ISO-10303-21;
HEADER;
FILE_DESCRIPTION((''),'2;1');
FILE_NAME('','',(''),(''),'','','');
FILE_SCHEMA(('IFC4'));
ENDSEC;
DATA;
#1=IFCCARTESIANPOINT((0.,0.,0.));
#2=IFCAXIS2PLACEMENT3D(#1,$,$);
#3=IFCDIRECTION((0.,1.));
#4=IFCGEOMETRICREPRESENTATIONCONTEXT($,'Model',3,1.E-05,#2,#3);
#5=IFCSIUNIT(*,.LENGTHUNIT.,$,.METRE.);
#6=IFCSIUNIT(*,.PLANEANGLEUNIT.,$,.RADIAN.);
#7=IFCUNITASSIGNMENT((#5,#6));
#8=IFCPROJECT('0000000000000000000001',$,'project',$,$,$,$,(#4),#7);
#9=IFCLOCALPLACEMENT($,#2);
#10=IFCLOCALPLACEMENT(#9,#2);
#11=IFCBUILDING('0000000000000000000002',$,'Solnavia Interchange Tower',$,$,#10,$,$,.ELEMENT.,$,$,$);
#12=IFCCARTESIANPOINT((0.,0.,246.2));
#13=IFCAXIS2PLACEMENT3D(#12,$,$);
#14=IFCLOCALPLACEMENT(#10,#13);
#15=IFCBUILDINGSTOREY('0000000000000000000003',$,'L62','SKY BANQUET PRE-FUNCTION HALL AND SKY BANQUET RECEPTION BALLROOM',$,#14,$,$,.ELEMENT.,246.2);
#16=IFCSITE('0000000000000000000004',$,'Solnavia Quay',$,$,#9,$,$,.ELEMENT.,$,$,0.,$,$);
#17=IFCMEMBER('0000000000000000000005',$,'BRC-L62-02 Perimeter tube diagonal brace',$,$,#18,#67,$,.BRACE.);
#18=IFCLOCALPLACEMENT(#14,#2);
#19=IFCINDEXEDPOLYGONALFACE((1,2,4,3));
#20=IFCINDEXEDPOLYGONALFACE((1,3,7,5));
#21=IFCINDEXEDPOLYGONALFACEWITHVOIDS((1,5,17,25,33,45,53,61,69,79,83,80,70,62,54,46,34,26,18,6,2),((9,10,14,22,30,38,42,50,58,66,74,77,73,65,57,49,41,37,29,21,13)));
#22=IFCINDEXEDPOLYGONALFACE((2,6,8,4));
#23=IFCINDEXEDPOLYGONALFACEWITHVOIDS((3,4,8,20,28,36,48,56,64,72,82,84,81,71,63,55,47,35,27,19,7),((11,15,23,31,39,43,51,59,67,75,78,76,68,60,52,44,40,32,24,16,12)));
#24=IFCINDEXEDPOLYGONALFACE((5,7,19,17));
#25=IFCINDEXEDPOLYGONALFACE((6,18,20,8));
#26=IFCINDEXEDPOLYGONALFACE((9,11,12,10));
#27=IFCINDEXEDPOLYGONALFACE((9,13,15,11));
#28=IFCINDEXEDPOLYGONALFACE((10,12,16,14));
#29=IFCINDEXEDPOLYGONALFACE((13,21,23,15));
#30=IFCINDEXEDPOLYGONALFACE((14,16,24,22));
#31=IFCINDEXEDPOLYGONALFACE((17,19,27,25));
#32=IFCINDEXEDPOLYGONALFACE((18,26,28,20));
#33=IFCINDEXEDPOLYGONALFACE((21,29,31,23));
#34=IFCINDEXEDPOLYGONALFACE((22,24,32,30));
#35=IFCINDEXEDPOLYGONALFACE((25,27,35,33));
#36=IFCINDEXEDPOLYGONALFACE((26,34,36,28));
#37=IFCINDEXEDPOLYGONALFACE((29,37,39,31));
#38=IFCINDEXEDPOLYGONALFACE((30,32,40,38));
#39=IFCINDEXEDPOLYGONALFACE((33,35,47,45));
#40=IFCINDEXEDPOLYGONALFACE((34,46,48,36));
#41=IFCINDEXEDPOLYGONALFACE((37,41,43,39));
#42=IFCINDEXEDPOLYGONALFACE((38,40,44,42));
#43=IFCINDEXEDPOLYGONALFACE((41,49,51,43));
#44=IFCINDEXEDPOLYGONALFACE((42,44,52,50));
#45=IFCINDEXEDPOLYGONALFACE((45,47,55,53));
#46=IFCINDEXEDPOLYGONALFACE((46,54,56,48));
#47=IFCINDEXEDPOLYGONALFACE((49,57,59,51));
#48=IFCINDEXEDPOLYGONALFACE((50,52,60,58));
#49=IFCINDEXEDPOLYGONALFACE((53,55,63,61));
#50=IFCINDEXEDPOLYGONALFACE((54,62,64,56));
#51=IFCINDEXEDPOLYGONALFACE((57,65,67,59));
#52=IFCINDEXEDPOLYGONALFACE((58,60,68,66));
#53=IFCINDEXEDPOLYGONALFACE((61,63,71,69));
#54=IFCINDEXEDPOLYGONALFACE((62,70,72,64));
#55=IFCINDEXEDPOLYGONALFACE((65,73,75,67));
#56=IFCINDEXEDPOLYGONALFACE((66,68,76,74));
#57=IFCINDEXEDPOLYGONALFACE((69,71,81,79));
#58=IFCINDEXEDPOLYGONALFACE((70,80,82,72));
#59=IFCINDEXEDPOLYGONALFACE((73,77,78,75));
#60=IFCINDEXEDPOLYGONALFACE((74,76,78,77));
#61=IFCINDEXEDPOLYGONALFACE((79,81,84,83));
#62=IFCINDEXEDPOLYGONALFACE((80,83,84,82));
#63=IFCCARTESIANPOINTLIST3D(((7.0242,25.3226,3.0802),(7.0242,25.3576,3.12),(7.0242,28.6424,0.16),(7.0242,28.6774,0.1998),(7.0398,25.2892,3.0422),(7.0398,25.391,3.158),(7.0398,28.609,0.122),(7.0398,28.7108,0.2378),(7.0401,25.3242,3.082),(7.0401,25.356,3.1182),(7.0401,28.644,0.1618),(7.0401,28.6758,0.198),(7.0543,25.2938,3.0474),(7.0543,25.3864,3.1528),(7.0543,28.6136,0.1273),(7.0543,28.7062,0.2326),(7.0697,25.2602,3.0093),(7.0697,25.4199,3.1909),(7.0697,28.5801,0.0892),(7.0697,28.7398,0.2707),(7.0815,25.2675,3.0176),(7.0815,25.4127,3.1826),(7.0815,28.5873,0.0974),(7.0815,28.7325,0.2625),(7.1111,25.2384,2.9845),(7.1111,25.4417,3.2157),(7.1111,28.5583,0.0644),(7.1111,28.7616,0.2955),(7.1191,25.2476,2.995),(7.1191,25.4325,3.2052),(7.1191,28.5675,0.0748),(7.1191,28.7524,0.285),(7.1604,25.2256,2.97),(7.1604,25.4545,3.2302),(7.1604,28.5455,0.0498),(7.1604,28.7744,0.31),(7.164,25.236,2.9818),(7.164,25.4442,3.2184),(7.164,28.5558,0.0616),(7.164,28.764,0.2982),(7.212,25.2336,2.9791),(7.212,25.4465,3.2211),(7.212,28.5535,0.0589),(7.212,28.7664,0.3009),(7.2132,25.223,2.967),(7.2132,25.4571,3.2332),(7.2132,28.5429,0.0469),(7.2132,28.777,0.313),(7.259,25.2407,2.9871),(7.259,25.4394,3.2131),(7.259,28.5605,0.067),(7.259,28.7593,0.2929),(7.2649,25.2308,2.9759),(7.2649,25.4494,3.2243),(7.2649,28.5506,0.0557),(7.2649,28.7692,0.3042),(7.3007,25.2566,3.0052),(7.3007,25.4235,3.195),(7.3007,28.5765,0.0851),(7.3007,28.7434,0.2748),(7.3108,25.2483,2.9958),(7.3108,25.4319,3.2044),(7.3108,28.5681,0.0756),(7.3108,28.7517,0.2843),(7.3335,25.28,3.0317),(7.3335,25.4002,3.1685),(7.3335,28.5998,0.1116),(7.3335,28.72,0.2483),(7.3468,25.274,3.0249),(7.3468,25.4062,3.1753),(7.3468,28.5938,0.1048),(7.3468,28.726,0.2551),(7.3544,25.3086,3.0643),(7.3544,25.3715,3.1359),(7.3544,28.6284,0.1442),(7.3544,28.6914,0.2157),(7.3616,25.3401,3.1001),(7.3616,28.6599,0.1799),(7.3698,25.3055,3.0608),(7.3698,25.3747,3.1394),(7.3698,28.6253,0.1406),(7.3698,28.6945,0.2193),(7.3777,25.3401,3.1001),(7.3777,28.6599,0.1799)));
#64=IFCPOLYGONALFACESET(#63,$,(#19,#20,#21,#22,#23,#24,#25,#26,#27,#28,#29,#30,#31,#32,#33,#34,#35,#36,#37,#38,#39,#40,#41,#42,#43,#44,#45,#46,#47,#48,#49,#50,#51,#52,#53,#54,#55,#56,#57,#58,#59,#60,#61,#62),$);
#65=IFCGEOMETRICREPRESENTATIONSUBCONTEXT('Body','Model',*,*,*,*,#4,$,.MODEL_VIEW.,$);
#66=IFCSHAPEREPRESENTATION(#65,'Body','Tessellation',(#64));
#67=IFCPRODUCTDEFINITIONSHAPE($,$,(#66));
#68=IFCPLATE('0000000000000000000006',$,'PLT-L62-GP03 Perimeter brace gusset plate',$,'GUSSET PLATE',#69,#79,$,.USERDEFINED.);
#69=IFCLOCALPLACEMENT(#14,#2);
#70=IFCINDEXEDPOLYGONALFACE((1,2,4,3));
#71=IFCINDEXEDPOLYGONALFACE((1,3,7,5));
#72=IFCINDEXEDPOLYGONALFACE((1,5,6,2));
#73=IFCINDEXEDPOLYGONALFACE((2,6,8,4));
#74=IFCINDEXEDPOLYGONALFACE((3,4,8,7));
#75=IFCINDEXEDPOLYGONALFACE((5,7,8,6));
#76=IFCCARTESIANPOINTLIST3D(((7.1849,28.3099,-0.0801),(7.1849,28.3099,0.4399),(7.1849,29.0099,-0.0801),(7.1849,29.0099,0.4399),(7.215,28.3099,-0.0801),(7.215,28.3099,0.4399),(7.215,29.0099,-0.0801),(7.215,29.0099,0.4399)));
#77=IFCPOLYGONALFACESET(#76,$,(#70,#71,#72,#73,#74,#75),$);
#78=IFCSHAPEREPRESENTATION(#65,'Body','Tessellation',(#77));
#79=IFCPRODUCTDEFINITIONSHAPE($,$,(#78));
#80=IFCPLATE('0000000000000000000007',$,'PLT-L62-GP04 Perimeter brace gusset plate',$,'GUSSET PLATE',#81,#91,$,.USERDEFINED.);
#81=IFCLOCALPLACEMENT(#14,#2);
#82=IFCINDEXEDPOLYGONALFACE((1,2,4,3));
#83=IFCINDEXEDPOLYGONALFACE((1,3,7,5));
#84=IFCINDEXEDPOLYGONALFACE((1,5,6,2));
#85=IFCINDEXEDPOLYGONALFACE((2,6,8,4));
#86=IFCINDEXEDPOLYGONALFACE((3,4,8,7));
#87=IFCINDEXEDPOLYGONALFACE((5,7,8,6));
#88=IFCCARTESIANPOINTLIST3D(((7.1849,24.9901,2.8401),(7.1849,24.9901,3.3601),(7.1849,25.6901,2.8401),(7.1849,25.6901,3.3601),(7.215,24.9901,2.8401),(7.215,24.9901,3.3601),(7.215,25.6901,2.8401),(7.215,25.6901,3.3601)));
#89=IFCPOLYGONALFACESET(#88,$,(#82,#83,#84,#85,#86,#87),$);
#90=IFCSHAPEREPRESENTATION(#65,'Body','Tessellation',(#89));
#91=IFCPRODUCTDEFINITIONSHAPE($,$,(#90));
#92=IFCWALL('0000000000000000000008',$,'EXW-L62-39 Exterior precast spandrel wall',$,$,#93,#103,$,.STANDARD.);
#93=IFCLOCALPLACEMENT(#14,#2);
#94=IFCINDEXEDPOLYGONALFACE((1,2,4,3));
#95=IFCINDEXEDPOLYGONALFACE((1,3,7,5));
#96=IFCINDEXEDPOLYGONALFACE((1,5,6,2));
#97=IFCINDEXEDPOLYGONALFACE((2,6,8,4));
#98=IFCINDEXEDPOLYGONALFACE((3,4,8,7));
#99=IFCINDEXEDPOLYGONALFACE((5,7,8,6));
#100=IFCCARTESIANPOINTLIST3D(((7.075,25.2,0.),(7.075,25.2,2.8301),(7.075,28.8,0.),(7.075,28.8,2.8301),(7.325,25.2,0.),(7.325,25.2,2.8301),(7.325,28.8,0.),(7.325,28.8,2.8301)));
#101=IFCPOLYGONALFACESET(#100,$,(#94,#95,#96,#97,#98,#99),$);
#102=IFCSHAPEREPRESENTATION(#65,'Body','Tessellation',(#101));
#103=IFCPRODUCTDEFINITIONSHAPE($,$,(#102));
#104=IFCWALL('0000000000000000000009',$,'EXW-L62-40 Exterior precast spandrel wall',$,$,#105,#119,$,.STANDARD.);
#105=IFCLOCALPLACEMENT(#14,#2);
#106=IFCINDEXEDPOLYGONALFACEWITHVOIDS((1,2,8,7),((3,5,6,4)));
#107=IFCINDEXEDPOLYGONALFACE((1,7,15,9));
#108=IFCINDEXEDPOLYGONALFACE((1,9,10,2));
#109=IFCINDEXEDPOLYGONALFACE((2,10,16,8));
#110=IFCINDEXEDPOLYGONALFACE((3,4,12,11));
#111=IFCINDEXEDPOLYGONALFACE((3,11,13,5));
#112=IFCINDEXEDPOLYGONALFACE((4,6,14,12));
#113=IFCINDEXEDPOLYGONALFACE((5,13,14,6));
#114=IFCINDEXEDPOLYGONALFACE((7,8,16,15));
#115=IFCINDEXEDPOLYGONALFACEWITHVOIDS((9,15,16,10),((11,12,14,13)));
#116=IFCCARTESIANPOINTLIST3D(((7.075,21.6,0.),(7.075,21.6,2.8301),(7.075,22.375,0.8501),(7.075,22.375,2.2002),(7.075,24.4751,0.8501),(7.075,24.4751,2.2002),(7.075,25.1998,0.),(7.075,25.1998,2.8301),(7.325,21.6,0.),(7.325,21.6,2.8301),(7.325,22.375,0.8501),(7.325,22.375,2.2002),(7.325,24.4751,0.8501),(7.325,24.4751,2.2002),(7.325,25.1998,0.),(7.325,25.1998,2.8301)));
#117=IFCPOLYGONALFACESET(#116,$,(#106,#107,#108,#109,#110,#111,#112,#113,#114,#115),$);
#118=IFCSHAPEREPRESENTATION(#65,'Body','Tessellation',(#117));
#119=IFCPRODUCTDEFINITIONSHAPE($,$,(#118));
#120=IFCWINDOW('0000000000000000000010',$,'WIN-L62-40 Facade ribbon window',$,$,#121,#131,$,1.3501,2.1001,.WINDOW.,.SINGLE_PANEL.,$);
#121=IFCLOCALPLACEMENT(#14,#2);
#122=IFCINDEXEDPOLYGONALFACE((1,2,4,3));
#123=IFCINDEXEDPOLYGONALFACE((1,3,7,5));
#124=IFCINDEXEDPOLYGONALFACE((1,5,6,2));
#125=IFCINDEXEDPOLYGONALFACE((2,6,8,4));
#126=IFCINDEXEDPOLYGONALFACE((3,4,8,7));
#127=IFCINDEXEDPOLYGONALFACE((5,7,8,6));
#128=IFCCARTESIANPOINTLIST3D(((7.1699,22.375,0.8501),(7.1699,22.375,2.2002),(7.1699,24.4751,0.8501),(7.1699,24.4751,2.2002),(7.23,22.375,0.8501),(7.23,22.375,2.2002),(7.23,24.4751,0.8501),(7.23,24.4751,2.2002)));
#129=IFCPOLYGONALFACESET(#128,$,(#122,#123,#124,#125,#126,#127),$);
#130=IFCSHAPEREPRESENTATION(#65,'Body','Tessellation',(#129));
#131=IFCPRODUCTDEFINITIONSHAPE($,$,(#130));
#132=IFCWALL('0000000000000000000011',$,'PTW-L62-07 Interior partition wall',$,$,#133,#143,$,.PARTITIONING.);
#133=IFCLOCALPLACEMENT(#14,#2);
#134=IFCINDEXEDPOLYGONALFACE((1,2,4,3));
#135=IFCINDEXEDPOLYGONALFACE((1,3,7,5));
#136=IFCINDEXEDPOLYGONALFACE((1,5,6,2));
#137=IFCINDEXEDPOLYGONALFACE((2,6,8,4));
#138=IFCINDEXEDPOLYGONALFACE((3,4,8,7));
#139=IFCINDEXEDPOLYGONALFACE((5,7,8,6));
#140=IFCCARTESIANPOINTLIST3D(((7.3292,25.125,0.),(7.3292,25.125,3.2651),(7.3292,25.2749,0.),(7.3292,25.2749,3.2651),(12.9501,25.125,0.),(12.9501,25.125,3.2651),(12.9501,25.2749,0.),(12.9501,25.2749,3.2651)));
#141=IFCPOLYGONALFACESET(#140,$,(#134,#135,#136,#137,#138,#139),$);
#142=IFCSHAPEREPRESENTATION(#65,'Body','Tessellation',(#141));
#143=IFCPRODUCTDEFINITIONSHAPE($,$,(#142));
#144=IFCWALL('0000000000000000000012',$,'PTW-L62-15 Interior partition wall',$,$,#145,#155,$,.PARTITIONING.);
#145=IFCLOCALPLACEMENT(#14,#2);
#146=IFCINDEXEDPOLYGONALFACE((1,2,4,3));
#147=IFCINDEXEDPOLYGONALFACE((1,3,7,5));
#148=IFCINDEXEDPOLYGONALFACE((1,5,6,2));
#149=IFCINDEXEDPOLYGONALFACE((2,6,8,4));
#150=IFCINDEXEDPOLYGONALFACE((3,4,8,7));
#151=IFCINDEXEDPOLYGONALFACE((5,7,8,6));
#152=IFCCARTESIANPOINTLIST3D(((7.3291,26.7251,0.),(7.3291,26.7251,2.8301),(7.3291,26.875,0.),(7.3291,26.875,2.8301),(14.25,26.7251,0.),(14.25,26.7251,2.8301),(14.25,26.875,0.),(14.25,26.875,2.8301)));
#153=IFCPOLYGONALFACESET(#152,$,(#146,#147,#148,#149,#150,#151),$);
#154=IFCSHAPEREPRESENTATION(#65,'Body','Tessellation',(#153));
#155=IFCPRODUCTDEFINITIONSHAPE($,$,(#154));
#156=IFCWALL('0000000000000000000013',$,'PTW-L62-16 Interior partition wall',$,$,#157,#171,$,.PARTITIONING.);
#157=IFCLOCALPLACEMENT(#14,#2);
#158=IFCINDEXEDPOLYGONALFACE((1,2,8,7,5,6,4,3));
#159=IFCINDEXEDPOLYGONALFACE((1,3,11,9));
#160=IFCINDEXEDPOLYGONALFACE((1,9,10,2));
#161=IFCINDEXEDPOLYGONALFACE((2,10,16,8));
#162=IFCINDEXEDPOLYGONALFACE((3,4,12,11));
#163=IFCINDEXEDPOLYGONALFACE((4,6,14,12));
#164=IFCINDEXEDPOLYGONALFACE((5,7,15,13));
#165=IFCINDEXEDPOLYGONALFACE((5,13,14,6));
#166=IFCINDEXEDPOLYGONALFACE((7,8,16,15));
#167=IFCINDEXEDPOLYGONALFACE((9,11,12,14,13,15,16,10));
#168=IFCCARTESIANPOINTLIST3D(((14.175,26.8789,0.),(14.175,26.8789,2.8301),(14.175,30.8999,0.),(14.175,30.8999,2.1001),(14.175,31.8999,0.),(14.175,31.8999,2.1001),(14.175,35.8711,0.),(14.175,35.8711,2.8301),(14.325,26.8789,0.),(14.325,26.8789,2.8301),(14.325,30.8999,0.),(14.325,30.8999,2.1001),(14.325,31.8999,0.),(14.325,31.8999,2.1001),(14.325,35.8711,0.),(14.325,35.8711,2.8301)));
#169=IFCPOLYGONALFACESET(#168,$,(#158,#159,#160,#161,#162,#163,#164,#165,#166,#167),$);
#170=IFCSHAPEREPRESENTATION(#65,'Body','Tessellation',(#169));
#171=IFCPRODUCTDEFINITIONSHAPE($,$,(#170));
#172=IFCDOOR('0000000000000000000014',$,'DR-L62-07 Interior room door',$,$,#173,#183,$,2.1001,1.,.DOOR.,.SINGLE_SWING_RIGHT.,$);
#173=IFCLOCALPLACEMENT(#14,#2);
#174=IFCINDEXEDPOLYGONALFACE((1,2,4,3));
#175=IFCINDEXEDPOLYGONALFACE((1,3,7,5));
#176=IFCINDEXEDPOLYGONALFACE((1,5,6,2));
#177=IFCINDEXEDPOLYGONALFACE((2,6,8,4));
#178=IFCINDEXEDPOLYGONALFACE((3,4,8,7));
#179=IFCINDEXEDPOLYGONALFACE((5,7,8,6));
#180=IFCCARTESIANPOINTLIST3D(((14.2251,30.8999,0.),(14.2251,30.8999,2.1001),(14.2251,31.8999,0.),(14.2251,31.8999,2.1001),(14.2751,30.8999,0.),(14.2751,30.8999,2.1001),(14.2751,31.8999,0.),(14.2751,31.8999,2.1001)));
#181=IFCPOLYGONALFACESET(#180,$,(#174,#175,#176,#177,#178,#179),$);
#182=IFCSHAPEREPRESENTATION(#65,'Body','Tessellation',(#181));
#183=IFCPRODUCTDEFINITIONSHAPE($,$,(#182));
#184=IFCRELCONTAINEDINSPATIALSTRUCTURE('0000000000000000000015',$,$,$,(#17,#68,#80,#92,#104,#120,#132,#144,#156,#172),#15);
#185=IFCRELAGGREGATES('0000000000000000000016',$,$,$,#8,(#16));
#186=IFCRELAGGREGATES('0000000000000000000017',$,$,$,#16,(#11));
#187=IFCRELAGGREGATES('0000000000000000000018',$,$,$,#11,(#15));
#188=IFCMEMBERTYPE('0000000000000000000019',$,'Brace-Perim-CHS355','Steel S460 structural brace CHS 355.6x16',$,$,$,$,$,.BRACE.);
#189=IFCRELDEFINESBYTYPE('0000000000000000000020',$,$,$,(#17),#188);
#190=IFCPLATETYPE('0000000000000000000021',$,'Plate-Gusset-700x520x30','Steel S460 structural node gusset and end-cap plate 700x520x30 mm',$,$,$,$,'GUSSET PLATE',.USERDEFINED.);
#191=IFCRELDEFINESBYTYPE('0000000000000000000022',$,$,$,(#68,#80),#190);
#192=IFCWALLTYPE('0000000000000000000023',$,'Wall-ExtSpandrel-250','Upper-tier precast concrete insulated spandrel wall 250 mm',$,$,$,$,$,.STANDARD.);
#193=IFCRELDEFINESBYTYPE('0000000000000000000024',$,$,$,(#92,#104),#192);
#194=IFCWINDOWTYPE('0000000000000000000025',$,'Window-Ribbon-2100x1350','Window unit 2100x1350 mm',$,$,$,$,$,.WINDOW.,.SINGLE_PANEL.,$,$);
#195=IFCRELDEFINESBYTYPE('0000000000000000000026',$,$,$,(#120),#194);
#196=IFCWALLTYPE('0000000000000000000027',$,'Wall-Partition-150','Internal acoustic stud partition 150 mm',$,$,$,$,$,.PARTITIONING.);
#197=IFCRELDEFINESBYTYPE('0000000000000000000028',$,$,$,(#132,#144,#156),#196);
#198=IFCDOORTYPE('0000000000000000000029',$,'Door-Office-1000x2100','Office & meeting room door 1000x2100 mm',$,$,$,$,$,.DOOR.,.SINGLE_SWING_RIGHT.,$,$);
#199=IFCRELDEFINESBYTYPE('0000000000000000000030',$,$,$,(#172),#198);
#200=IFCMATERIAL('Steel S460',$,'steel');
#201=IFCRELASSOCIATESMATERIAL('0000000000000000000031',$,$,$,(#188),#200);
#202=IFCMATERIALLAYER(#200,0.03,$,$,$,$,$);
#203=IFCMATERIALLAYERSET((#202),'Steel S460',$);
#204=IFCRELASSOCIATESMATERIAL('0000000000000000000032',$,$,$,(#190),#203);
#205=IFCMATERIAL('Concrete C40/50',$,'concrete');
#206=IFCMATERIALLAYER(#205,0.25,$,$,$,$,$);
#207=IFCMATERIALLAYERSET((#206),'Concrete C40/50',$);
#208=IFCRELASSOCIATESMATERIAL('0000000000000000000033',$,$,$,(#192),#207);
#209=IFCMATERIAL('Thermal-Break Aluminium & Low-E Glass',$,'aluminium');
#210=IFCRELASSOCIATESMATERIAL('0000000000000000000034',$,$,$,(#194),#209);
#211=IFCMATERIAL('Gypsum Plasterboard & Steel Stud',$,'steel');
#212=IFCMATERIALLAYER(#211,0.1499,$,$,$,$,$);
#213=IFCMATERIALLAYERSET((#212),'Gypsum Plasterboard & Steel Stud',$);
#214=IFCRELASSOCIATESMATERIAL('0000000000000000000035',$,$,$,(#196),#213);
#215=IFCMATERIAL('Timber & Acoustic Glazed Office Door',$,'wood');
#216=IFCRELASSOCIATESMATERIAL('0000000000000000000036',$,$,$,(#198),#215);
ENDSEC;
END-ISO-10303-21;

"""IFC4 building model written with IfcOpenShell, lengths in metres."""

from ifc_helpers import new_model, si_unit, direction, frame, frame_2d, origin, origin_2d, place, context, subcontext, project, spatial, rectangle, hollow_circle, extrude, material, layer, layer_set, material_profile, profile_set, type_object, element, fill, save


model = new_model("IFC4")

# Units and contexts
model_context = context("Model", 3, precision=1e-05, world=origin(), true_north=direction((0.0, 1.0)))
body_context = subcontext(model_context, "Body", "Model", "MODEL_VIEW")
ifc_project = project(units=[si_unit("LENGTHUNIT", "METRE"), si_unit("PLANEANGLEUNIT", "RADIAN")], contexts=[model_context])

# Site, building, storey
site_placement = place(None, origin())
site = spatial("IfcSite", under=ifc_project, at=site_placement, Name="Solnavia Quay", CompositionType="ELEMENT", RefElevation=0.0)
building_placement = place(site_placement, origin())
building = spatial("IfcBuilding", under=site, at=building_placement, Name="Solnavia Interchange Tower", CompositionType="ELEMENT")
storey_placement = place(building_placement, frame((0.0, 0.0, 246.2)))
storey = spatial("IfcBuildingStorey", under=building, at=storey_placement, Name="L62", Description="SKY BANQUET PRE-FUNCTION HALL AND SKY BANQUET RECEPTION BALLROOM", CompositionType="ELEMENT", Elevation=246.2)

# Shared definitions
ifc_material_1 = material(Name="Steel S460", Category="steel")

# Member
ifc_material_profile_1 = material_profile(ifc_material_1, hollow_circle(Radius=0.1777, WallThickness=0.0161, at=origin_2d()), Name="CHS 355.6x16")
ifc_profile_set_1 = profile_set([ifc_material_profile_1], Name="Steel S460")
member_type = type_object("IfcMemberType", Name="Brace-Perim-CHS355", Description="Steel S460 structural brace CHS 355.6x16", PredefinedType="BRACE", material=ifc_profile_set_1)
member_placement = place(storey_placement, frame((7.2, 28.6599, 0.1799), z_axis=(0.0, -0.750857, 0.660465), x_axis=(1.0, 0.0, 0.0)))
element("IfcMember", 1, at=member_placement, inside=storey, type_object=member_type, Name="BRC-L62-02 Perimeter tube diagonal brace", PredefinedType="BRACE", context=body_context, shape_type="SweptSolid", body=[
    extrude(hollow_circle(Radius=0.1777, WallThickness=0.0161, at=origin_2d()), origin(), (0.0, 0.0, 1.0), 4.4214),
])

# Plates
ifc_layer_1 = layer(ifc_material_1, 0.03)
ifc_layer_set_1 = layer_set([ifc_layer_1], Name="Steel S460")
plate_type = type_object("IfcPlateType", Name="Plate-Gusset-700x520x30", Description="Steel S460 structural node gusset and end-cap plate 700x520x30 mm", ElementType="GUSSET PLATE", PredefinedType="USERDEFINED", material=ifc_layer_set_1)
for number, where, z_axis, x_axis, name in (
    (2, (7.2, 28.6599, -0.0801), (0.0, 0.0, 1.0), (0.0, -1.0, 0.0), "PLT-L62-GP03 Perimeter brace gusset plate"),
    (3, (7.2, 25.3401, 2.8401), (0.0, 0.0, 1.0), (0.0, -1.0, 0.0), "PLT-L62-GP04 Perimeter brace gusset plate"),
):
    element("IfcPlate", number, at=place(storey_placement, frame(where, z_axis=z_axis, x_axis=x_axis)), inside=storey, type_object=plate_type, Name=name, ObjectType="GUSSET PLATE", PredefinedType="USERDEFINED", context=body_context, shape_type="SweptSolid", body=[
        extrude(rectangle(XDim=0.7, YDim=0.03, at=origin_2d()), origin(), (0.0, 0.0, 1.0), 0.52),
    ])

# Wall
ifc_material_2 = material(Name="Concrete C40/50", Category="concrete")
ifc_layer_2 = layer(ifc_material_2, 0.25)
ifc_layer_set_2 = layer_set([ifc_layer_2], Name="Concrete C40/50")
wall_type_1 = type_object("IfcWallType", Name="Wall-ExtSpandrel-250", Description="Upper-tier precast concrete insulated spandrel wall 250 mm", PredefinedType="STANDARD", material=ifc_layer_set_2)
wall_1_placement = place(storey_placement, frame((7.2, 25.2, 0.0), z_axis=(0.0, 0.0, 1.0), x_axis=(0.0, 1.0, 0.0)))
element("IfcWall", 4, at=wall_1_placement, inside=storey, type_object=wall_type_1, Name="EXW-L62-39 Exterior precast spandrel wall", PredefinedType="STANDARD", context=body_context, shape_type="SweptSolid", body=[
    extrude(rectangle(XDim=3.6001, YDim=0.25, at=frame_2d((1.8, 0.0))), origin(), (0.0, 0.0, 1.0), 2.8301),
])

# Wall, opening, window
wall_2_placement = place(storey_placement, frame((7.2, 21.6001, 0.0), z_axis=(0.0, 0.0, 1.0), x_axis=(0.0, 1.0, 0.0)))
wall_2 = element("IfcWall", 5, at=wall_2_placement, inside=storey, type_object=wall_type_1, Name="EXW-L62-40 Exterior precast spandrel wall", PredefinedType="STANDARD", context=body_context, shape_type="SweptSolid", body=[
    extrude(rectangle(XDim=3.5999, YDim=0.25, at=frame_2d((1.7998, 0.0))), origin(), (0.0, 0.0, 1.0), 2.8301),
])
opening_1_placement = place(wall_2_placement, frame((0.7749, 0.0, 0.8501)))
opening_1 = element("IfcOpeningElement", 6, at=opening_1_placement, cuts=wall_2, PredefinedType="OPENING", context=body_context, shape_type="SweptSolid", body=[
    extrude(rectangle(XDim=2.1001, YDim=1.3501, at=frame_2d((1.05, 0.675))), frame((0.0, 0.135, 0.0), z_axis=(0.0, -1.0, 0.0), x_axis=(1.0, 0.0, 0.0)), (0.0, 0.0, 1.0), 0.27),
])
ifc_material_3 = material(Name="Thermal-Break Aluminium & Low-E Glass", Category="aluminium")
window_type = type_object("IfcWindowType", Name="Window-Ribbon-2100x1350", Description="Window unit 2100x1350 mm", PartitioningType="SINGLE_PANEL", PredefinedType="WINDOW", material=ifc_material_3)
window_placement = place(opening_1_placement, origin())
window = element("IfcWindow", 7, at=window_placement, inside=storey, type_object=window_type, Name="WIN-L62-40 Facade ribbon window", OverallHeight=1.3501, OverallWidth=2.1001, PartitioningType="SINGLE_PANEL", PredefinedType="WINDOW", context=body_context, shape_type="SweptSolid", body=[
    extrude(rectangle(XDim=2.1001, YDim=1.3501, at=frame_2d((1.05, 0.675))), frame((0.0, 0.03, 0.0), z_axis=(0.0, -1.0, 0.0), x_axis=(1.0, 0.0, 0.0)), (0.0, 0.0, 1.0), 0.0601),
])
fill(opening_1, window)

# Walls
ifc_material_4 = material(Name="Gypsum Plasterboard & Steel Stud", Category="steel")
ifc_layer_3 = layer(ifc_material_4, 0.1499)
ifc_layer_set_3 = layer_set([ifc_layer_3], Name="Gypsum Plasterboard & Steel Stud")
wall_type_2 = type_object("IfcWallType", Name="Wall-Partition-150", Description="Internal acoustic stud partition 150 mm", PredefinedType="PARTITIONING", material=ifc_layer_set_3)
wall_3_placement = place(storey_placement, frame((7.3291, 25.2, 0.0), z_axis=(0.0, 0.0, 1.0), x_axis=(1.0, 0.0, 0.0)))
element("IfcWall", 8, at=wall_3_placement, inside=storey, type_object=wall_type_2, Name="PTW-L62-07 Interior partition wall", PredefinedType="PARTITIONING", context=body_context, shape_type="SweptSolid", body=[
    extrude(rectangle(XDim=5.6208, YDim=0.1499, at=frame_2d((2.8105, 0.0))), origin(), (0.0, 0.0, 1.0), 3.2651),
])
wall_4_placement = place(storey_placement, frame((7.3291, 26.8, 0.0), z_axis=(0.0, 0.0, 1.0), x_axis=(1.0, 0.0, 0.0)))
element("IfcWall", 9, at=wall_4_placement, inside=storey, type_object=wall_type_2, Name="PTW-L62-15 Interior partition wall", PredefinedType="PARTITIONING", context=body_context, shape_type="SweptSolid", body=[
    extrude(rectangle(XDim=6.9209, YDim=0.1499, at=frame_2d((3.4604, 0.0))), origin(), (0.0, 0.0, 1.0), 2.8301),
])

# Wall, opening, door
wall_5_placement = place(storey_placement, frame((14.25, 26.8789, 0.0), z_axis=(0.0, 0.0, 1.0), x_axis=(0.0, 1.0, 0.0)))
wall_5 = element("IfcWall", 10, at=wall_5_placement, inside=storey, type_object=wall_type_2, Name="PTW-L62-16 Interior partition wall", PredefinedType="PARTITIONING", context=body_context, shape_type="SweptSolid", body=[
    extrude(rectangle(XDim=8.9922, YDim=0.1499, at=frame_2d((4.4961, 0.0))), origin(), (0.0, 0.0, 1.0), 2.8301),
])
opening_2_placement = place(wall_5_placement, frame((4.021, 0.0, 0.0)))
opening_2 = element("IfcOpeningElement", 11, at=opening_2_placement, cuts=wall_5, PredefinedType="OPENING", context=body_context, shape_type="SweptSolid", body=[
    extrude(rectangle(XDim=1.0, YDim=2.1001, at=frame_2d((0.5, 1.05))), frame((0.0, 0.085, 0.0), z_axis=(0.0, -1.0, 0.0), x_axis=(1.0, 0.0, 0.0)), (0.0, 0.0, 1.0), 0.1699),
])
ifc_material_5 = material(Name="Timber & Acoustic Glazed Office Door", Category="wood")
door_type = type_object("IfcDoorType", Name="Door-Office-1000x2100", Description="Office & meeting room door 1000x2100 mm", OperationType="SINGLE_SWING_RIGHT", PredefinedType="DOOR", material=ifc_material_5)
door_1_placement = place(opening_2_placement, origin())
door_1 = element("IfcDoor", 12, at=door_1_placement, inside=storey, type_object=door_type, Name="DR-L62-07 Interior room door", OperationType="SINGLE_SWING_RIGHT", OverallHeight=2.1001, OverallWidth=1.0, PredefinedType="DOOR", context=body_context, shape_type="SweptSolid", body=[
    extrude(rectangle(XDim=1.0, YDim=2.1001, at=frame_2d((0.5, 1.05))), frame((0.0, 0.0249, 0.0), z_axis=(0.0, -1.0, 0.0), x_axis=(1.0, 0.0, 0.0)), (0.0, 0.0, 1.0), 0.05),
])
fill(opening_2, door_1)

save(model, "model.ifc")
